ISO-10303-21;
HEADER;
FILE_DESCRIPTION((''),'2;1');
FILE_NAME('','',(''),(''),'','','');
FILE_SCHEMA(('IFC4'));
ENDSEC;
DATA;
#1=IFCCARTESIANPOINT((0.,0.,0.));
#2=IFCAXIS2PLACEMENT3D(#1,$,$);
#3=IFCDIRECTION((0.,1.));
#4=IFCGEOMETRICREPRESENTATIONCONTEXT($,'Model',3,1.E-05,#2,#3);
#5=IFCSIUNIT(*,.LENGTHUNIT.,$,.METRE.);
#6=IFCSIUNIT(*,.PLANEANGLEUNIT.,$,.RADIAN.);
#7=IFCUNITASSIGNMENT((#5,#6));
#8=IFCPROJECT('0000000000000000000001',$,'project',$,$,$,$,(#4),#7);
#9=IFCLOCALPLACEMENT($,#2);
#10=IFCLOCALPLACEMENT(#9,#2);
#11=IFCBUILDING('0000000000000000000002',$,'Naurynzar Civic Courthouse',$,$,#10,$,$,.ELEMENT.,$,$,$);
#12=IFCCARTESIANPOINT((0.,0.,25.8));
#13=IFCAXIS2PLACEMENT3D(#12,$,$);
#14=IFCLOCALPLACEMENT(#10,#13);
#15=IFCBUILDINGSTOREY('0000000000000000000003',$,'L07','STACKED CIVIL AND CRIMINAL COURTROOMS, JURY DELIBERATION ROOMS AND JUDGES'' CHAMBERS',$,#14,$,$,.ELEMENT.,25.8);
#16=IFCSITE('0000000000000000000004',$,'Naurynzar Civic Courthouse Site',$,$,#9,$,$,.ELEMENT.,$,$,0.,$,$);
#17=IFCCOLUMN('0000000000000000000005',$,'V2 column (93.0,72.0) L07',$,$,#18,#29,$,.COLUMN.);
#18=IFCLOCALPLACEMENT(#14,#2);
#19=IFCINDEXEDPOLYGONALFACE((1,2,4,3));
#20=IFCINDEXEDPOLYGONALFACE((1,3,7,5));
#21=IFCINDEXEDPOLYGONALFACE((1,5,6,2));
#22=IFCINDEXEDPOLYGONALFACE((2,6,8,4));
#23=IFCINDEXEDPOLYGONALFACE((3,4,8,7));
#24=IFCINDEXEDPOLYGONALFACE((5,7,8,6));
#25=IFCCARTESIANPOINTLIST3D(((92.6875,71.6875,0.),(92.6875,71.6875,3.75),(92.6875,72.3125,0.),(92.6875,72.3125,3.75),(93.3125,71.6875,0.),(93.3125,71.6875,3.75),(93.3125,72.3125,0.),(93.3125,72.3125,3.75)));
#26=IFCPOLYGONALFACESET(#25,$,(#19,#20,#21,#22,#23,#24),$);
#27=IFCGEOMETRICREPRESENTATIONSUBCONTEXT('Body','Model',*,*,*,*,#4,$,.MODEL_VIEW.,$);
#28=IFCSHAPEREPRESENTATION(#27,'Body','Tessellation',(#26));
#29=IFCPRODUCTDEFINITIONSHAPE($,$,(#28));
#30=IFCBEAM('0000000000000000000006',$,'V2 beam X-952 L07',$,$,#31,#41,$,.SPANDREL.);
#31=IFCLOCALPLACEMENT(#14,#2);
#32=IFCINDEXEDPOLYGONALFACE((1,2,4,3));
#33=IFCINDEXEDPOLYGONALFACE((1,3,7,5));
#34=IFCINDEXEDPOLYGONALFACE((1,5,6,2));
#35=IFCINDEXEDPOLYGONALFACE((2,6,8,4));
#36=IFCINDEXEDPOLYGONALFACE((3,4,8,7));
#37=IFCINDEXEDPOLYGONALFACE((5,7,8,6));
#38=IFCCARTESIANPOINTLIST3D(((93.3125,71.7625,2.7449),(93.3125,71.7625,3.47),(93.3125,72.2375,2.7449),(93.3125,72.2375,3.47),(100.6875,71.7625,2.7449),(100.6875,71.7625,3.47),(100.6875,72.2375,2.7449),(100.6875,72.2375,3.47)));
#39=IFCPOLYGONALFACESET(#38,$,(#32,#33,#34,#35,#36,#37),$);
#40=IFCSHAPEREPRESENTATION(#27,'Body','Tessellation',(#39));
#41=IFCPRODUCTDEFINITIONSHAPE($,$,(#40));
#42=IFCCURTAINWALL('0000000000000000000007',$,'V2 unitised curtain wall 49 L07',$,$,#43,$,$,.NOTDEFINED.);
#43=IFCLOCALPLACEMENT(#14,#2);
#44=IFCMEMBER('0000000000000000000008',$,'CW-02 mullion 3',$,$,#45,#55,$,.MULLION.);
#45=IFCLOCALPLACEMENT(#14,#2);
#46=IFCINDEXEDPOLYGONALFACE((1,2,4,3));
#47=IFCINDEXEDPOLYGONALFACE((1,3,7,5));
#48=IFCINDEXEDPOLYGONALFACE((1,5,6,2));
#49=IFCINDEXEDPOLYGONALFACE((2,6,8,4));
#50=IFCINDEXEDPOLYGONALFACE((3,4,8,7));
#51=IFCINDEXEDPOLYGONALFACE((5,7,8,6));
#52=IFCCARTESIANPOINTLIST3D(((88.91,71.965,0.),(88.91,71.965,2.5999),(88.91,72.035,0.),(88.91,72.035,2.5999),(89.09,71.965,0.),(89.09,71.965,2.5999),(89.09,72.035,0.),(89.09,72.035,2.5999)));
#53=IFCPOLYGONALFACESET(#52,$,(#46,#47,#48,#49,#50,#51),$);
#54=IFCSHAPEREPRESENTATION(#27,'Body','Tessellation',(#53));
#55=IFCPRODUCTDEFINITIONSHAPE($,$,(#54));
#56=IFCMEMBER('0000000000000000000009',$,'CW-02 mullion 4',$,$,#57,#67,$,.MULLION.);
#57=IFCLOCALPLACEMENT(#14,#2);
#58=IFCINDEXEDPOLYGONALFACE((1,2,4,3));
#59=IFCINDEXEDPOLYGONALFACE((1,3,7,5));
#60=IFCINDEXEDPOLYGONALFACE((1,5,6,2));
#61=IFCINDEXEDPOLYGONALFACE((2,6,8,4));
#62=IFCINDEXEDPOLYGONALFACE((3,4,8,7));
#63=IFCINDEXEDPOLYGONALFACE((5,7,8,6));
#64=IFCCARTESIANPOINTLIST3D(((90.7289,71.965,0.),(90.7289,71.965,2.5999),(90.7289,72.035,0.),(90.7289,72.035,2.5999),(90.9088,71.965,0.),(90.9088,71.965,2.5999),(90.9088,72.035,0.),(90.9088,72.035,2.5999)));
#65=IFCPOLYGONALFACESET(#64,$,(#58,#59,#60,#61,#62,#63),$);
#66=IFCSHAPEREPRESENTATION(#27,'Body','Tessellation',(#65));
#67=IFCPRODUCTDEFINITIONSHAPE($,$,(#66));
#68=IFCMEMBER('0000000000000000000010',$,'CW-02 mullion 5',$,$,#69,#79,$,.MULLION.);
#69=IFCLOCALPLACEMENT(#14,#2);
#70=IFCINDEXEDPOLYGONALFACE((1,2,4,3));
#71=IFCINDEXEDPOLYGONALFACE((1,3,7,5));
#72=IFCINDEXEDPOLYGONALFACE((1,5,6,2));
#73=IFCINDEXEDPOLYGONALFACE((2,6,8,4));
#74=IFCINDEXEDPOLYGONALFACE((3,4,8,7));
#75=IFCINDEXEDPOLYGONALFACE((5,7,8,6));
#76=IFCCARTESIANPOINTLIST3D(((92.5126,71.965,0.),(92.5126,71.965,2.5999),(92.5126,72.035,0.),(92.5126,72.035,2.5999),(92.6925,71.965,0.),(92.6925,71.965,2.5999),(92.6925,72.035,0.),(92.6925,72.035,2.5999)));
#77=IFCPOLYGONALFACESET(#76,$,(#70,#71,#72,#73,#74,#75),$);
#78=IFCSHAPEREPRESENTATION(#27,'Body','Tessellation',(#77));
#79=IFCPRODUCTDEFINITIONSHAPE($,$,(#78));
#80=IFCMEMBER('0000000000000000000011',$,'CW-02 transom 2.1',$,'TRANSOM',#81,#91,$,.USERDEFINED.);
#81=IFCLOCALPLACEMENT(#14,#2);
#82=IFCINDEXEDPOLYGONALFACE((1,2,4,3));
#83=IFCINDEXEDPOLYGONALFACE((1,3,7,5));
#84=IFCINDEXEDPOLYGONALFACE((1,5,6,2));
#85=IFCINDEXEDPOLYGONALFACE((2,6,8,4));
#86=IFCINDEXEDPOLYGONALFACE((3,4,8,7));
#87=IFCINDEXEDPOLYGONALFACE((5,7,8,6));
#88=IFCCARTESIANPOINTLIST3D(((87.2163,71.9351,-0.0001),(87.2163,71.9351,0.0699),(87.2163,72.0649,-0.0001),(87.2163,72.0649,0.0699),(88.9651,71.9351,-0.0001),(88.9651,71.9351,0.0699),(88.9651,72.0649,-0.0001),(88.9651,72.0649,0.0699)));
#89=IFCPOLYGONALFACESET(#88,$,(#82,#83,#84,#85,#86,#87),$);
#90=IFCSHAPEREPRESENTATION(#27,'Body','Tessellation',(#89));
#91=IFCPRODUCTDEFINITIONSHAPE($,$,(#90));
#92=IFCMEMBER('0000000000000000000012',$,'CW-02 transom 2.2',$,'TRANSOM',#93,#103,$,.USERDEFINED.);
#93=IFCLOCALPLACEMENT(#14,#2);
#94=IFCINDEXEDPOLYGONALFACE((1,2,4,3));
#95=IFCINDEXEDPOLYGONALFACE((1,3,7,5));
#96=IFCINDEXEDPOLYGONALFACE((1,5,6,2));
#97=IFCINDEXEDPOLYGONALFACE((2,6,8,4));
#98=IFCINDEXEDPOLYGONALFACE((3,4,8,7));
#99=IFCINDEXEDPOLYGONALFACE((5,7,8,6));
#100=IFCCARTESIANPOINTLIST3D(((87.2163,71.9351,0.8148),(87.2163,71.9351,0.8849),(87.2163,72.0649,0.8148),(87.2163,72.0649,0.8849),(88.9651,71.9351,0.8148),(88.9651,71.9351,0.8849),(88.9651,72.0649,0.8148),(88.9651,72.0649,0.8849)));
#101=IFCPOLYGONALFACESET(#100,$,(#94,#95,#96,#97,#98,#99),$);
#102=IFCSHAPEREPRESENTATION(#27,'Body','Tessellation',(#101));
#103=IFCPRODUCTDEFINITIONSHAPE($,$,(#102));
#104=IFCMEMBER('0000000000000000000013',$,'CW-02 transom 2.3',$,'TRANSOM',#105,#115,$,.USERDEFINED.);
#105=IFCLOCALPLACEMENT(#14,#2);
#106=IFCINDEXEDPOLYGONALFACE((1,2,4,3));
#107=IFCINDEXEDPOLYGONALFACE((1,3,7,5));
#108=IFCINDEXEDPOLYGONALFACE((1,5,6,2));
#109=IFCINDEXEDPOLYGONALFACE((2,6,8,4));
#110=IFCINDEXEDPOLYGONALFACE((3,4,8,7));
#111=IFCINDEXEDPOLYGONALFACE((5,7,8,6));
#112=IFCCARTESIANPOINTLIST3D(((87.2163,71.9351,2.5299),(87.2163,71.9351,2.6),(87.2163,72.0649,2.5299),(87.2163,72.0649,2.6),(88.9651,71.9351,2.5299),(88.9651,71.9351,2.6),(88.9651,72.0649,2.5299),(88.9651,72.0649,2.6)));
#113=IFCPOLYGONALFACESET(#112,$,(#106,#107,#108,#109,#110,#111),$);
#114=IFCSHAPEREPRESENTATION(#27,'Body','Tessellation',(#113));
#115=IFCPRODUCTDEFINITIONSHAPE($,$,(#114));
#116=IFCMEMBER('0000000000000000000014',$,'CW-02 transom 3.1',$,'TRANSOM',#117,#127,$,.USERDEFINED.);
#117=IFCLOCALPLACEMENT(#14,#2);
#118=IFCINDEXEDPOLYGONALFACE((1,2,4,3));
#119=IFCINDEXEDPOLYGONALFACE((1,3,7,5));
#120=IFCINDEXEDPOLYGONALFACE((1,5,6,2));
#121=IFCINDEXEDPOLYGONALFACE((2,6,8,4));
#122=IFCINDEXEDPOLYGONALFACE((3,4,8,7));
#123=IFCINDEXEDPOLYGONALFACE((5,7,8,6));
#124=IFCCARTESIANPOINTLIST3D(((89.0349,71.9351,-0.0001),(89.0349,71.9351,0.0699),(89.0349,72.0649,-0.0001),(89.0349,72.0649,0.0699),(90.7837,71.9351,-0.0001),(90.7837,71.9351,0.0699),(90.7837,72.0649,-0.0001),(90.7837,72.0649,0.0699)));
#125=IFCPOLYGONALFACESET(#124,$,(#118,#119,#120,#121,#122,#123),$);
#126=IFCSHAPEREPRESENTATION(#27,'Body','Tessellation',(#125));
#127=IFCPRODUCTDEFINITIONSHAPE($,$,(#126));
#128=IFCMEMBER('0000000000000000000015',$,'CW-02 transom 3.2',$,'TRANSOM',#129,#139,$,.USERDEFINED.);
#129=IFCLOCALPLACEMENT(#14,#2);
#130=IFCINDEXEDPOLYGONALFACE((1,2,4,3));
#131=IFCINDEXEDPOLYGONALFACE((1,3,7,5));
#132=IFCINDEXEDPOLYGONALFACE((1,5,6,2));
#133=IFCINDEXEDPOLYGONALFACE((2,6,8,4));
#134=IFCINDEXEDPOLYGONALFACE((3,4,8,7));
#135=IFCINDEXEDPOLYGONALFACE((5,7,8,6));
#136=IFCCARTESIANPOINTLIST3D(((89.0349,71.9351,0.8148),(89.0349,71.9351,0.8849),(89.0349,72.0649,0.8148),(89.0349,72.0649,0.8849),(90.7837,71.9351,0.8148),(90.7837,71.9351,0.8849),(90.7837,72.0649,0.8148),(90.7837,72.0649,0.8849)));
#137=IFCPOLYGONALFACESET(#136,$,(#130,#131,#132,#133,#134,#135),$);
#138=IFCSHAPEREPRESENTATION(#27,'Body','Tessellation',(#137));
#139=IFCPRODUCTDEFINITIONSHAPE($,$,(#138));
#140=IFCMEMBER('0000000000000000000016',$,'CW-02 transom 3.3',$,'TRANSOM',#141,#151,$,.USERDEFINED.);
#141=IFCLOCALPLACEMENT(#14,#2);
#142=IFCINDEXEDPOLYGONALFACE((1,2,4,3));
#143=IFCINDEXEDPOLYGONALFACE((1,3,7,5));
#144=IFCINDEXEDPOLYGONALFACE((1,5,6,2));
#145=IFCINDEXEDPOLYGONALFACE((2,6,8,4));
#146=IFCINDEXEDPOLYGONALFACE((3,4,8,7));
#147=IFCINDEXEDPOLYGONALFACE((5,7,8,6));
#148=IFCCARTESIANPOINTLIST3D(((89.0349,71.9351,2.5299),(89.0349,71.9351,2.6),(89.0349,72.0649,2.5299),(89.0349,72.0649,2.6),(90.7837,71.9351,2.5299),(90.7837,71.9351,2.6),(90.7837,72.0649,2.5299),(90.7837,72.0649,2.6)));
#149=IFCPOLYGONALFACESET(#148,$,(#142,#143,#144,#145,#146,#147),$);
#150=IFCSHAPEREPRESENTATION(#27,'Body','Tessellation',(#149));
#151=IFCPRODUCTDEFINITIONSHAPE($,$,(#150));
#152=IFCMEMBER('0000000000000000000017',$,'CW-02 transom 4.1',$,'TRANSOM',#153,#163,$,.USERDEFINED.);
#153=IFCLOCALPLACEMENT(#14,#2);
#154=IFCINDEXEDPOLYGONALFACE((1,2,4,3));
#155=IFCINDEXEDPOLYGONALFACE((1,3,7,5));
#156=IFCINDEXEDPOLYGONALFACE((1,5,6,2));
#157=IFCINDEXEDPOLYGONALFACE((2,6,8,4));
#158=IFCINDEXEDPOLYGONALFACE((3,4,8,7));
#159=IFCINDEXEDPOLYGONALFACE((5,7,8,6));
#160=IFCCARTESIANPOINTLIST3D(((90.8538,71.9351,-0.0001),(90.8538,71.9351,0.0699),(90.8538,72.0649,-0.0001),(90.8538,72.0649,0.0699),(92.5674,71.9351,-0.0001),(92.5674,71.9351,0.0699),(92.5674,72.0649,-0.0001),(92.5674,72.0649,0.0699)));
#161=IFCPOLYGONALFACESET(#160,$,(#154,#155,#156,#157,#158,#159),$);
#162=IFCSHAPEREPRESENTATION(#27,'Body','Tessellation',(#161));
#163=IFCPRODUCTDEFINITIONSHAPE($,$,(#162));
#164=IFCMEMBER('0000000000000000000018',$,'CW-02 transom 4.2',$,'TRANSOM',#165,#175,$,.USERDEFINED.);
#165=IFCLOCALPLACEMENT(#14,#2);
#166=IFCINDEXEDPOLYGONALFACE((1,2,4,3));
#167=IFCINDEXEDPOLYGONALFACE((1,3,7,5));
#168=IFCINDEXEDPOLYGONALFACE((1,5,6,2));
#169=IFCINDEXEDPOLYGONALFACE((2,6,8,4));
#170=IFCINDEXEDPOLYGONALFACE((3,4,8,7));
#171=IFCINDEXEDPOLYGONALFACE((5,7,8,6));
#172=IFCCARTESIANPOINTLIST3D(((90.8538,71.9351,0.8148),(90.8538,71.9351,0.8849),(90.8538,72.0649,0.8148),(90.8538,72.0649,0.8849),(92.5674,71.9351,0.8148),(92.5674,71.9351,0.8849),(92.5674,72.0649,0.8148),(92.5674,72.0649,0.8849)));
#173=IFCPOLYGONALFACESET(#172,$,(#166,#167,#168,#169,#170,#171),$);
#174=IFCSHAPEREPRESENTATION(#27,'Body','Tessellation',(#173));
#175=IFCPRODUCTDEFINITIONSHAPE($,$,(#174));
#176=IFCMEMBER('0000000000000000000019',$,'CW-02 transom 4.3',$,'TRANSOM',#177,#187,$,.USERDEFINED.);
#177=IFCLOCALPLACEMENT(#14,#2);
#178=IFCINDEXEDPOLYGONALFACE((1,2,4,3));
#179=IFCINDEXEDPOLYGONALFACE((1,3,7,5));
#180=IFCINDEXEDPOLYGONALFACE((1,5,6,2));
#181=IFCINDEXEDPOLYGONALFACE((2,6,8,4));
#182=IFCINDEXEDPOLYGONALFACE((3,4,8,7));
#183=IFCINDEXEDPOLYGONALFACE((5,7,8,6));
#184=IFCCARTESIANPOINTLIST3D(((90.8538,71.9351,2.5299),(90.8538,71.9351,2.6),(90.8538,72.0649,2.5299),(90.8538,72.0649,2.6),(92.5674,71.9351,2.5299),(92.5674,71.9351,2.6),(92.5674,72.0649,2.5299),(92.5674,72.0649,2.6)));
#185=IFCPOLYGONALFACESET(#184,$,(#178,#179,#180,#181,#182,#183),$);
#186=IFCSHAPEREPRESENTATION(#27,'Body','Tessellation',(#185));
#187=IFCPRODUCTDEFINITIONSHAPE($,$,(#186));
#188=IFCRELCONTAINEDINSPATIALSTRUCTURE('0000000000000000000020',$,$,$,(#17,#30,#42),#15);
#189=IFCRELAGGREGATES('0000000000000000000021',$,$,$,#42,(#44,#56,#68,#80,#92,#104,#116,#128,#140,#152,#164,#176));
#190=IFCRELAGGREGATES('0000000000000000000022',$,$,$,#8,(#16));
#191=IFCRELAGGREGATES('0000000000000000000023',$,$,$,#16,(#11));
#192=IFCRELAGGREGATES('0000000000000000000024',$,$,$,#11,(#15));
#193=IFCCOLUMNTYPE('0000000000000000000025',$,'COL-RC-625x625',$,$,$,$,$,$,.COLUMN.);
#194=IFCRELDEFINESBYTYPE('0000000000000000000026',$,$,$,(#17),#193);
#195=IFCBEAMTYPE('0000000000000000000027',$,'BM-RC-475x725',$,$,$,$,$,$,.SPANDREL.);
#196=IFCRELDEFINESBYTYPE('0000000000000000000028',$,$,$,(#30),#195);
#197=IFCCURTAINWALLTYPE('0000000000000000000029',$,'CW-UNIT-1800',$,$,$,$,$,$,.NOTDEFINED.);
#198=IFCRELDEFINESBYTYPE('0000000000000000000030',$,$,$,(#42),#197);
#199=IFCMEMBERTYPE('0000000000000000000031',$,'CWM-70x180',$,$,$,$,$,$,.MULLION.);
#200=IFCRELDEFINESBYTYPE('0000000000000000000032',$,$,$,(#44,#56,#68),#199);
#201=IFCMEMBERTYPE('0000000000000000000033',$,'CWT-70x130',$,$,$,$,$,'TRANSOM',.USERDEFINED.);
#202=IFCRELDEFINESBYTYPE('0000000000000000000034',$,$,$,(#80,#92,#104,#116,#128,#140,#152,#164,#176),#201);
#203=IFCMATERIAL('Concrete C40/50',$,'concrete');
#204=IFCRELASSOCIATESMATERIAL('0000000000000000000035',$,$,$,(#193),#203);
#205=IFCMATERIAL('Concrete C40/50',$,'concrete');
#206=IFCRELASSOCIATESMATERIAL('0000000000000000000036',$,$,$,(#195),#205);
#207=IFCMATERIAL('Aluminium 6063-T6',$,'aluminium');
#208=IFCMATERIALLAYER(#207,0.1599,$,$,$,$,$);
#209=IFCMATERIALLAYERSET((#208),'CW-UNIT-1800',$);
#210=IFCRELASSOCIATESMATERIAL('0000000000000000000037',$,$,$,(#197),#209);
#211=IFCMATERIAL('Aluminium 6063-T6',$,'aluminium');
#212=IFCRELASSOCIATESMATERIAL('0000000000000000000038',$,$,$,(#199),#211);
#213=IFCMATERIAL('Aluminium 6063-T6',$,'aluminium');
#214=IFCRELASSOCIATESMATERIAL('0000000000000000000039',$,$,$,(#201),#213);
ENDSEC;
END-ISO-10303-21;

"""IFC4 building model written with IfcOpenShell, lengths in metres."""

from ifc_helpers import new_model, si_unit, direction, frame, origin, origin_2d, place, context, subcontext, project, spatial, rectangle, extrude, material, layer, layer_set, material_profile, profile_set, type_object, element, aggregate, save


model = new_model("IFC4")

# Units and contexts
model_context = context("Model", 3, precision=1e-05, world=origin(), true_north=direction((0.0, 1.0)))
body_context = subcontext(model_context, "Body", "Model", "MODEL_VIEW")
ifc_project = project(units=[si_unit("LENGTHUNIT", "METRE"), si_unit("PLANEANGLEUNIT", "RADIAN")], contexts=[model_context])

# Site, building, storey
site_placement = place(None, origin())
site = spatial("IfcSite", under=ifc_project, at=site_placement, Name="Naurynzar Civic Courthouse Site", CompositionType="ELEMENT", RefElevation=0.0)
building_placement = place(site_placement, origin())
building = spatial("IfcBuilding", under=site, at=building_placement, Name="Naurynzar Civic Courthouse", CompositionType="ELEMENT")
storey_placement = place(building_placement, frame((0.0, 0.0, 25.8)))
storey = spatial("IfcBuildingStorey", under=building, at=storey_placement, Name="L07", Description="STACKED CIVIL AND CRIMINAL COURTROOMS, JURY DELIBERATION ROOMS AND JUDGES' CHAMBERS", CompositionType="ELEMENT", Elevation=25.8)

# Column
ifc_material_1 = material(Name="Concrete C40/50", Category="concrete")
ifc_material_profile_1 = material_profile(ifc_material_1, rectangle(XDim=0.625, YDim=0.625, at=origin_2d()), Name="RC 625x625")
ifc_profile_set_1 = profile_set([ifc_material_profile_1], Name="Concrete C40/50")
column_type = type_object("IfcColumnType", Name="COL-RC-625x625", PredefinedType="COLUMN", material=ifc_profile_set_1)
column_placement = place(storey_placement, frame((93.0, 72.0, 0.0), z_axis=(0.0, 0.0, 1.0), x_axis=(1.0, 0.0, 0.0)))
element("IfcColumn", 1, at=column_placement, inside=storey, type_object=column_type, Name="V2 column (93.0,72.0) L07", PredefinedType="COLUMN", context=body_context, shape_type="SweptSolid", body=[
    extrude(rectangle(XDim=0.625, YDim=0.625, at=origin_2d()), origin(), (0.0, 0.0, 1.0), 3.75),
])

# Beam
ifc_material_2 = material(Name="Concrete C40/50", Category="concrete")
ifc_material_profile_2 = material_profile(ifc_material_2, rectangle(XDim=0.4751, YDim=0.7251, at=origin_2d()), Name="RCB 475x725")
ifc_profile_set_2 = profile_set([ifc_material_profile_2], Name="Concrete C40/50")
beam_type = type_object("IfcBeamType", Name="BM-RC-475x725", PredefinedType="SPANDREL", material=ifc_profile_set_2)
beam_placement = place(storey_placement, frame((93.3125, 72.0, 3.1074), z_axis=(1.0, 0.0, 0.0), x_axis=(0.0, 1.0, 0.0)))
element("IfcBeam", 2, at=beam_placement, inside=storey, type_object=beam_type, Name="V2 beam X-952 L07", PredefinedType="SPANDREL", context=body_context, shape_type="SweptSolid", body=[
    extrude(rectangle(XDim=0.4751, YDim=0.7251, at=origin_2d()), origin(), (0.0, 0.0, 1.0), 7.375),
])

# Curtain wall, members
ifc_material_3 = material(Name="Aluminium 6063-T6", Category="aluminium")
ifc_layer_1 = layer(ifc_material_3, 0.1599)
ifc_layer_set_1 = layer_set([ifc_layer_1], Name="CW-UNIT-1800")
curtain_wall_type = type_object("IfcCurtainWallType", Name="CW-UNIT-1800", PredefinedType="NOTDEFINED", material=ifc_layer_set_1)
curtain_wall_placement = place(storey_placement, origin())
curtain_wall = element("IfcCurtainWall", 3, at=curtain_wall_placement, inside=storey, type_object=curtain_wall_type, Name="V2 unitised curtain wall 49 L07", PredefinedType="NOTDEFINED")
ifc_material_4 = material(Name="Aluminium 6063-T6", Category="aluminium")
ifc_material_profile_3 = material_profile(ifc_material_4, rectangle(XDim=0.0701, YDim=0.1799, at=origin_2d()), Name="ALU MULLION 70x180")
ifc_profile_set_3 = profile_set([ifc_material_profile_3], Name="Aluminium 6063-T6")
member_type_1 = type_object("IfcMemberType", Name="CWM-70x180", PredefinedType="MULLION", material=ifc_profile_set_3)
member_1_placement = place(storey_placement, frame((89.0, 72.0, 0.0), z_axis=(0.0, 0.0, 1.0), x_axis=(0.0, 1.0, 0.0)))
member_1 = element("IfcMember", 4, at=member_1_placement, type_object=member_type_1, Name="CW-02 mullion 3", PredefinedType="MULLION", context=body_context, shape_type="SweptSolid", body=[
    extrude(rectangle(XDim=0.0701, YDim=0.1799, at=origin_2d()), origin(), (0.0, 0.0, 1.0), 2.5999),
])
member_2_placement = place(storey_placement, frame((90.8188, 72.0, 0.0), z_axis=(0.0, 0.0, 1.0), x_axis=(0.0, 1.0, 0.0)))
member_2 = element("IfcMember", 5, at=member_2_placement, type_object=member_type_1, Name="CW-02 mullion 4", PredefinedType="MULLION", context=body_context, shape_type="SweptSolid", body=[
    extrude(rectangle(XDim=0.0701, YDim=0.1799, at=origin_2d()), origin(), (0.0, 0.0, 1.0), 2.5999),
])
member_3_placement = place(storey_placement, frame((92.6025, 72.0, 0.0), z_axis=(0.0, 0.0, 1.0), x_axis=(0.0, 1.0, 0.0)))
member_3 = element("IfcMember", 6, at=member_3_placement, type_object=member_type_1, Name="CW-02 mullion 5", PredefinedType="MULLION", context=body_context, shape_type="SweptSolid", body=[
    extrude(rectangle(XDim=0.0701, YDim=0.1799, at=origin_2d()), origin(), (0.0, 0.0, 1.0), 2.5999),
])
ifc_material_5 = material(Name="Aluminium 6063-T6", Category="aluminium")
ifc_material_profile_4 = material_profile(ifc_material_5, rectangle(XDim=0.1299, YDim=0.0701, at=origin_2d()), Name="ALU TRANSOM 70x130")
ifc_profile_set_4 = profile_set([ifc_material_profile_4], Name="Aluminium 6063-T6")
member_type_2 = type_object("IfcMemberType", Name="CWT-70x130", ElementType="TRANSOM", PredefinedType="USERDEFINED", material=ifc_profile_set_4)
member_4_placement = place(storey_placement, frame((87.2163, 72.0, 0.0349), z_axis=(1.0, 0.0, 0.0), x_axis=(0.0, 1.0, 0.0)))
member_4 = element("IfcMember", 7, at=member_4_placement, type_object=member_type_2, Name="CW-02 transom 2.1", ObjectType="TRANSOM", PredefinedType="USERDEFINED", context=body_context, shape_type="SweptSolid", body=[
    extrude(rectangle(XDim=0.1299, YDim=0.0701, at=origin_2d()), origin(), (0.0, 0.0, 1.0), 1.7488),
])
member_5_placement = place(storey_placement, frame((87.2163, 72.0, 0.8499), z_axis=(1.0, 0.0, 0.0), x_axis=(0.0, 1.0, 0.0)))
member_5 = element("IfcMember", 8, at=member_5_placement, type_object=member_type_2, Name="CW-02 transom 2.2", ObjectType="TRANSOM", PredefinedType="USERDEFINED", context=body_context, shape_type="SweptSolid", body=[
    extrude(rectangle(XDim=0.1299, YDim=0.0701, at=origin_2d()), origin(), (0.0, 0.0, 1.0), 1.7488),
])
member_6_placement = place(storey_placement, frame((87.2163, 72.0, 2.5649), z_axis=(1.0, 0.0, 0.0), x_axis=(0.0, 1.0, 0.0)))
member_6 = element("IfcMember", 9, at=member_6_placement, type_object=member_type_2, Name="CW-02 transom 2.3", ObjectType="TRANSOM", PredefinedType="USERDEFINED", context=body_context, shape_type="SweptSolid", body=[
    extrude(rectangle(XDim=0.1299, YDim=0.0701, at=origin_2d()), origin(), (0.0, 0.0, 1.0), 1.7488),
])
member_7_placement = place(storey_placement, frame((89.0349, 72.0, 0.0349), z_axis=(1.0, 0.0, 0.0), x_axis=(0.0, 1.0, 0.0)))
member_7 = element("IfcMember", 10, at=member_7_placement, type_object=member_type_2, Name="CW-02 transom 3.1", ObjectType="TRANSOM", PredefinedType="USERDEFINED", context=body_context, shape_type="SweptSolid", body=[
    extrude(rectangle(XDim=0.1299, YDim=0.0701, at=origin_2d()), origin(), (0.0, 0.0, 1.0), 1.7488),
])
member_8_placement = place(storey_placement, frame((89.0349, 72.0, 0.8499), z_axis=(1.0, 0.0, 0.0), x_axis=(0.0, 1.0, 0.0)))
member_8 = element("IfcMember", 11, at=member_8_placement, type_object=member_type_2, Name="CW-02 transom 3.2", ObjectType="TRANSOM", PredefinedType="USERDEFINED", context=body_context, shape_type="SweptSolid", body=[
    extrude(rectangle(XDim=0.1299, YDim=0.0701, at=origin_2d()), origin(), (0.0, 0.0, 1.0), 1.7488),
])
member_9_placement = place(storey_placement, frame((89.0349, 72.0, 2.5649), z_axis=(1.0, 0.0, 0.0), x_axis=(0.0, 1.0, 0.0)))
member_9 = element("IfcMember", 12, at=member_9_placement, type_object=member_type_2, Name="CW-02 transom 3.3", ObjectType="TRANSOM", PredefinedType="USERDEFINED", context=body_context, shape_type="SweptSolid", body=[
    extrude(rectangle(XDim=0.1299, YDim=0.0701, at=origin_2d()), origin(), (0.0, 0.0, 1.0), 1.7488),
])
member_10_placement = place(storey_placement, frame((90.8538, 72.0, 0.0349), z_axis=(1.0, 0.0, 0.0), x_axis=(0.0, 1.0, 0.0)))
member_10 = element("IfcMember", 13, at=member_10_placement, type_object=member_type_2, Name="CW-02 transom 4.1", ObjectType="TRANSOM", PredefinedType="USERDEFINED", context=body_context, shape_type="SweptSolid", body=[
    extrude(rectangle(XDim=0.1299, YDim=0.0701, at=origin_2d()), origin(), (0.0, 0.0, 1.0), 1.7136),
])
member_11_placement = place(storey_placement, frame((90.8538, 72.0, 0.8499), z_axis=(1.0, 0.0, 0.0), x_axis=(0.0, 1.0, 0.0)))
member_11 = element("IfcMember", 14, at=member_11_placement, type_object=member_type_2, Name="CW-02 transom 4.2", ObjectType="TRANSOM", PredefinedType="USERDEFINED", context=body_context, shape_type="SweptSolid", body=[
    extrude(rectangle(XDim=0.1299, YDim=0.0701, at=origin_2d()), origin(), (0.0, 0.0, 1.0), 1.7136),
])
member_12_placement = place(storey_placement, frame((90.8538, 72.0, 2.5649), z_axis=(1.0, 0.0, 0.0), x_axis=(0.0, 1.0, 0.0)))
member_12 = element("IfcMember", 15, at=member_12_placement, type_object=member_type_2, Name="CW-02 transom 4.3", ObjectType="TRANSOM", PredefinedType="USERDEFINED", context=body_context, shape_type="SweptSolid", body=[
    extrude(rectangle(XDim=0.1299, YDim=0.0701, at=origin_2d()), origin(), (0.0, 0.0, 1.0), 1.7136),
])
aggregate(curtain_wall, [member_1, member_2, member_3, member_4, member_5, member_6, member_7, member_8, member_9, member_10, member_11, member_12])

save(model, "model.ifc")
